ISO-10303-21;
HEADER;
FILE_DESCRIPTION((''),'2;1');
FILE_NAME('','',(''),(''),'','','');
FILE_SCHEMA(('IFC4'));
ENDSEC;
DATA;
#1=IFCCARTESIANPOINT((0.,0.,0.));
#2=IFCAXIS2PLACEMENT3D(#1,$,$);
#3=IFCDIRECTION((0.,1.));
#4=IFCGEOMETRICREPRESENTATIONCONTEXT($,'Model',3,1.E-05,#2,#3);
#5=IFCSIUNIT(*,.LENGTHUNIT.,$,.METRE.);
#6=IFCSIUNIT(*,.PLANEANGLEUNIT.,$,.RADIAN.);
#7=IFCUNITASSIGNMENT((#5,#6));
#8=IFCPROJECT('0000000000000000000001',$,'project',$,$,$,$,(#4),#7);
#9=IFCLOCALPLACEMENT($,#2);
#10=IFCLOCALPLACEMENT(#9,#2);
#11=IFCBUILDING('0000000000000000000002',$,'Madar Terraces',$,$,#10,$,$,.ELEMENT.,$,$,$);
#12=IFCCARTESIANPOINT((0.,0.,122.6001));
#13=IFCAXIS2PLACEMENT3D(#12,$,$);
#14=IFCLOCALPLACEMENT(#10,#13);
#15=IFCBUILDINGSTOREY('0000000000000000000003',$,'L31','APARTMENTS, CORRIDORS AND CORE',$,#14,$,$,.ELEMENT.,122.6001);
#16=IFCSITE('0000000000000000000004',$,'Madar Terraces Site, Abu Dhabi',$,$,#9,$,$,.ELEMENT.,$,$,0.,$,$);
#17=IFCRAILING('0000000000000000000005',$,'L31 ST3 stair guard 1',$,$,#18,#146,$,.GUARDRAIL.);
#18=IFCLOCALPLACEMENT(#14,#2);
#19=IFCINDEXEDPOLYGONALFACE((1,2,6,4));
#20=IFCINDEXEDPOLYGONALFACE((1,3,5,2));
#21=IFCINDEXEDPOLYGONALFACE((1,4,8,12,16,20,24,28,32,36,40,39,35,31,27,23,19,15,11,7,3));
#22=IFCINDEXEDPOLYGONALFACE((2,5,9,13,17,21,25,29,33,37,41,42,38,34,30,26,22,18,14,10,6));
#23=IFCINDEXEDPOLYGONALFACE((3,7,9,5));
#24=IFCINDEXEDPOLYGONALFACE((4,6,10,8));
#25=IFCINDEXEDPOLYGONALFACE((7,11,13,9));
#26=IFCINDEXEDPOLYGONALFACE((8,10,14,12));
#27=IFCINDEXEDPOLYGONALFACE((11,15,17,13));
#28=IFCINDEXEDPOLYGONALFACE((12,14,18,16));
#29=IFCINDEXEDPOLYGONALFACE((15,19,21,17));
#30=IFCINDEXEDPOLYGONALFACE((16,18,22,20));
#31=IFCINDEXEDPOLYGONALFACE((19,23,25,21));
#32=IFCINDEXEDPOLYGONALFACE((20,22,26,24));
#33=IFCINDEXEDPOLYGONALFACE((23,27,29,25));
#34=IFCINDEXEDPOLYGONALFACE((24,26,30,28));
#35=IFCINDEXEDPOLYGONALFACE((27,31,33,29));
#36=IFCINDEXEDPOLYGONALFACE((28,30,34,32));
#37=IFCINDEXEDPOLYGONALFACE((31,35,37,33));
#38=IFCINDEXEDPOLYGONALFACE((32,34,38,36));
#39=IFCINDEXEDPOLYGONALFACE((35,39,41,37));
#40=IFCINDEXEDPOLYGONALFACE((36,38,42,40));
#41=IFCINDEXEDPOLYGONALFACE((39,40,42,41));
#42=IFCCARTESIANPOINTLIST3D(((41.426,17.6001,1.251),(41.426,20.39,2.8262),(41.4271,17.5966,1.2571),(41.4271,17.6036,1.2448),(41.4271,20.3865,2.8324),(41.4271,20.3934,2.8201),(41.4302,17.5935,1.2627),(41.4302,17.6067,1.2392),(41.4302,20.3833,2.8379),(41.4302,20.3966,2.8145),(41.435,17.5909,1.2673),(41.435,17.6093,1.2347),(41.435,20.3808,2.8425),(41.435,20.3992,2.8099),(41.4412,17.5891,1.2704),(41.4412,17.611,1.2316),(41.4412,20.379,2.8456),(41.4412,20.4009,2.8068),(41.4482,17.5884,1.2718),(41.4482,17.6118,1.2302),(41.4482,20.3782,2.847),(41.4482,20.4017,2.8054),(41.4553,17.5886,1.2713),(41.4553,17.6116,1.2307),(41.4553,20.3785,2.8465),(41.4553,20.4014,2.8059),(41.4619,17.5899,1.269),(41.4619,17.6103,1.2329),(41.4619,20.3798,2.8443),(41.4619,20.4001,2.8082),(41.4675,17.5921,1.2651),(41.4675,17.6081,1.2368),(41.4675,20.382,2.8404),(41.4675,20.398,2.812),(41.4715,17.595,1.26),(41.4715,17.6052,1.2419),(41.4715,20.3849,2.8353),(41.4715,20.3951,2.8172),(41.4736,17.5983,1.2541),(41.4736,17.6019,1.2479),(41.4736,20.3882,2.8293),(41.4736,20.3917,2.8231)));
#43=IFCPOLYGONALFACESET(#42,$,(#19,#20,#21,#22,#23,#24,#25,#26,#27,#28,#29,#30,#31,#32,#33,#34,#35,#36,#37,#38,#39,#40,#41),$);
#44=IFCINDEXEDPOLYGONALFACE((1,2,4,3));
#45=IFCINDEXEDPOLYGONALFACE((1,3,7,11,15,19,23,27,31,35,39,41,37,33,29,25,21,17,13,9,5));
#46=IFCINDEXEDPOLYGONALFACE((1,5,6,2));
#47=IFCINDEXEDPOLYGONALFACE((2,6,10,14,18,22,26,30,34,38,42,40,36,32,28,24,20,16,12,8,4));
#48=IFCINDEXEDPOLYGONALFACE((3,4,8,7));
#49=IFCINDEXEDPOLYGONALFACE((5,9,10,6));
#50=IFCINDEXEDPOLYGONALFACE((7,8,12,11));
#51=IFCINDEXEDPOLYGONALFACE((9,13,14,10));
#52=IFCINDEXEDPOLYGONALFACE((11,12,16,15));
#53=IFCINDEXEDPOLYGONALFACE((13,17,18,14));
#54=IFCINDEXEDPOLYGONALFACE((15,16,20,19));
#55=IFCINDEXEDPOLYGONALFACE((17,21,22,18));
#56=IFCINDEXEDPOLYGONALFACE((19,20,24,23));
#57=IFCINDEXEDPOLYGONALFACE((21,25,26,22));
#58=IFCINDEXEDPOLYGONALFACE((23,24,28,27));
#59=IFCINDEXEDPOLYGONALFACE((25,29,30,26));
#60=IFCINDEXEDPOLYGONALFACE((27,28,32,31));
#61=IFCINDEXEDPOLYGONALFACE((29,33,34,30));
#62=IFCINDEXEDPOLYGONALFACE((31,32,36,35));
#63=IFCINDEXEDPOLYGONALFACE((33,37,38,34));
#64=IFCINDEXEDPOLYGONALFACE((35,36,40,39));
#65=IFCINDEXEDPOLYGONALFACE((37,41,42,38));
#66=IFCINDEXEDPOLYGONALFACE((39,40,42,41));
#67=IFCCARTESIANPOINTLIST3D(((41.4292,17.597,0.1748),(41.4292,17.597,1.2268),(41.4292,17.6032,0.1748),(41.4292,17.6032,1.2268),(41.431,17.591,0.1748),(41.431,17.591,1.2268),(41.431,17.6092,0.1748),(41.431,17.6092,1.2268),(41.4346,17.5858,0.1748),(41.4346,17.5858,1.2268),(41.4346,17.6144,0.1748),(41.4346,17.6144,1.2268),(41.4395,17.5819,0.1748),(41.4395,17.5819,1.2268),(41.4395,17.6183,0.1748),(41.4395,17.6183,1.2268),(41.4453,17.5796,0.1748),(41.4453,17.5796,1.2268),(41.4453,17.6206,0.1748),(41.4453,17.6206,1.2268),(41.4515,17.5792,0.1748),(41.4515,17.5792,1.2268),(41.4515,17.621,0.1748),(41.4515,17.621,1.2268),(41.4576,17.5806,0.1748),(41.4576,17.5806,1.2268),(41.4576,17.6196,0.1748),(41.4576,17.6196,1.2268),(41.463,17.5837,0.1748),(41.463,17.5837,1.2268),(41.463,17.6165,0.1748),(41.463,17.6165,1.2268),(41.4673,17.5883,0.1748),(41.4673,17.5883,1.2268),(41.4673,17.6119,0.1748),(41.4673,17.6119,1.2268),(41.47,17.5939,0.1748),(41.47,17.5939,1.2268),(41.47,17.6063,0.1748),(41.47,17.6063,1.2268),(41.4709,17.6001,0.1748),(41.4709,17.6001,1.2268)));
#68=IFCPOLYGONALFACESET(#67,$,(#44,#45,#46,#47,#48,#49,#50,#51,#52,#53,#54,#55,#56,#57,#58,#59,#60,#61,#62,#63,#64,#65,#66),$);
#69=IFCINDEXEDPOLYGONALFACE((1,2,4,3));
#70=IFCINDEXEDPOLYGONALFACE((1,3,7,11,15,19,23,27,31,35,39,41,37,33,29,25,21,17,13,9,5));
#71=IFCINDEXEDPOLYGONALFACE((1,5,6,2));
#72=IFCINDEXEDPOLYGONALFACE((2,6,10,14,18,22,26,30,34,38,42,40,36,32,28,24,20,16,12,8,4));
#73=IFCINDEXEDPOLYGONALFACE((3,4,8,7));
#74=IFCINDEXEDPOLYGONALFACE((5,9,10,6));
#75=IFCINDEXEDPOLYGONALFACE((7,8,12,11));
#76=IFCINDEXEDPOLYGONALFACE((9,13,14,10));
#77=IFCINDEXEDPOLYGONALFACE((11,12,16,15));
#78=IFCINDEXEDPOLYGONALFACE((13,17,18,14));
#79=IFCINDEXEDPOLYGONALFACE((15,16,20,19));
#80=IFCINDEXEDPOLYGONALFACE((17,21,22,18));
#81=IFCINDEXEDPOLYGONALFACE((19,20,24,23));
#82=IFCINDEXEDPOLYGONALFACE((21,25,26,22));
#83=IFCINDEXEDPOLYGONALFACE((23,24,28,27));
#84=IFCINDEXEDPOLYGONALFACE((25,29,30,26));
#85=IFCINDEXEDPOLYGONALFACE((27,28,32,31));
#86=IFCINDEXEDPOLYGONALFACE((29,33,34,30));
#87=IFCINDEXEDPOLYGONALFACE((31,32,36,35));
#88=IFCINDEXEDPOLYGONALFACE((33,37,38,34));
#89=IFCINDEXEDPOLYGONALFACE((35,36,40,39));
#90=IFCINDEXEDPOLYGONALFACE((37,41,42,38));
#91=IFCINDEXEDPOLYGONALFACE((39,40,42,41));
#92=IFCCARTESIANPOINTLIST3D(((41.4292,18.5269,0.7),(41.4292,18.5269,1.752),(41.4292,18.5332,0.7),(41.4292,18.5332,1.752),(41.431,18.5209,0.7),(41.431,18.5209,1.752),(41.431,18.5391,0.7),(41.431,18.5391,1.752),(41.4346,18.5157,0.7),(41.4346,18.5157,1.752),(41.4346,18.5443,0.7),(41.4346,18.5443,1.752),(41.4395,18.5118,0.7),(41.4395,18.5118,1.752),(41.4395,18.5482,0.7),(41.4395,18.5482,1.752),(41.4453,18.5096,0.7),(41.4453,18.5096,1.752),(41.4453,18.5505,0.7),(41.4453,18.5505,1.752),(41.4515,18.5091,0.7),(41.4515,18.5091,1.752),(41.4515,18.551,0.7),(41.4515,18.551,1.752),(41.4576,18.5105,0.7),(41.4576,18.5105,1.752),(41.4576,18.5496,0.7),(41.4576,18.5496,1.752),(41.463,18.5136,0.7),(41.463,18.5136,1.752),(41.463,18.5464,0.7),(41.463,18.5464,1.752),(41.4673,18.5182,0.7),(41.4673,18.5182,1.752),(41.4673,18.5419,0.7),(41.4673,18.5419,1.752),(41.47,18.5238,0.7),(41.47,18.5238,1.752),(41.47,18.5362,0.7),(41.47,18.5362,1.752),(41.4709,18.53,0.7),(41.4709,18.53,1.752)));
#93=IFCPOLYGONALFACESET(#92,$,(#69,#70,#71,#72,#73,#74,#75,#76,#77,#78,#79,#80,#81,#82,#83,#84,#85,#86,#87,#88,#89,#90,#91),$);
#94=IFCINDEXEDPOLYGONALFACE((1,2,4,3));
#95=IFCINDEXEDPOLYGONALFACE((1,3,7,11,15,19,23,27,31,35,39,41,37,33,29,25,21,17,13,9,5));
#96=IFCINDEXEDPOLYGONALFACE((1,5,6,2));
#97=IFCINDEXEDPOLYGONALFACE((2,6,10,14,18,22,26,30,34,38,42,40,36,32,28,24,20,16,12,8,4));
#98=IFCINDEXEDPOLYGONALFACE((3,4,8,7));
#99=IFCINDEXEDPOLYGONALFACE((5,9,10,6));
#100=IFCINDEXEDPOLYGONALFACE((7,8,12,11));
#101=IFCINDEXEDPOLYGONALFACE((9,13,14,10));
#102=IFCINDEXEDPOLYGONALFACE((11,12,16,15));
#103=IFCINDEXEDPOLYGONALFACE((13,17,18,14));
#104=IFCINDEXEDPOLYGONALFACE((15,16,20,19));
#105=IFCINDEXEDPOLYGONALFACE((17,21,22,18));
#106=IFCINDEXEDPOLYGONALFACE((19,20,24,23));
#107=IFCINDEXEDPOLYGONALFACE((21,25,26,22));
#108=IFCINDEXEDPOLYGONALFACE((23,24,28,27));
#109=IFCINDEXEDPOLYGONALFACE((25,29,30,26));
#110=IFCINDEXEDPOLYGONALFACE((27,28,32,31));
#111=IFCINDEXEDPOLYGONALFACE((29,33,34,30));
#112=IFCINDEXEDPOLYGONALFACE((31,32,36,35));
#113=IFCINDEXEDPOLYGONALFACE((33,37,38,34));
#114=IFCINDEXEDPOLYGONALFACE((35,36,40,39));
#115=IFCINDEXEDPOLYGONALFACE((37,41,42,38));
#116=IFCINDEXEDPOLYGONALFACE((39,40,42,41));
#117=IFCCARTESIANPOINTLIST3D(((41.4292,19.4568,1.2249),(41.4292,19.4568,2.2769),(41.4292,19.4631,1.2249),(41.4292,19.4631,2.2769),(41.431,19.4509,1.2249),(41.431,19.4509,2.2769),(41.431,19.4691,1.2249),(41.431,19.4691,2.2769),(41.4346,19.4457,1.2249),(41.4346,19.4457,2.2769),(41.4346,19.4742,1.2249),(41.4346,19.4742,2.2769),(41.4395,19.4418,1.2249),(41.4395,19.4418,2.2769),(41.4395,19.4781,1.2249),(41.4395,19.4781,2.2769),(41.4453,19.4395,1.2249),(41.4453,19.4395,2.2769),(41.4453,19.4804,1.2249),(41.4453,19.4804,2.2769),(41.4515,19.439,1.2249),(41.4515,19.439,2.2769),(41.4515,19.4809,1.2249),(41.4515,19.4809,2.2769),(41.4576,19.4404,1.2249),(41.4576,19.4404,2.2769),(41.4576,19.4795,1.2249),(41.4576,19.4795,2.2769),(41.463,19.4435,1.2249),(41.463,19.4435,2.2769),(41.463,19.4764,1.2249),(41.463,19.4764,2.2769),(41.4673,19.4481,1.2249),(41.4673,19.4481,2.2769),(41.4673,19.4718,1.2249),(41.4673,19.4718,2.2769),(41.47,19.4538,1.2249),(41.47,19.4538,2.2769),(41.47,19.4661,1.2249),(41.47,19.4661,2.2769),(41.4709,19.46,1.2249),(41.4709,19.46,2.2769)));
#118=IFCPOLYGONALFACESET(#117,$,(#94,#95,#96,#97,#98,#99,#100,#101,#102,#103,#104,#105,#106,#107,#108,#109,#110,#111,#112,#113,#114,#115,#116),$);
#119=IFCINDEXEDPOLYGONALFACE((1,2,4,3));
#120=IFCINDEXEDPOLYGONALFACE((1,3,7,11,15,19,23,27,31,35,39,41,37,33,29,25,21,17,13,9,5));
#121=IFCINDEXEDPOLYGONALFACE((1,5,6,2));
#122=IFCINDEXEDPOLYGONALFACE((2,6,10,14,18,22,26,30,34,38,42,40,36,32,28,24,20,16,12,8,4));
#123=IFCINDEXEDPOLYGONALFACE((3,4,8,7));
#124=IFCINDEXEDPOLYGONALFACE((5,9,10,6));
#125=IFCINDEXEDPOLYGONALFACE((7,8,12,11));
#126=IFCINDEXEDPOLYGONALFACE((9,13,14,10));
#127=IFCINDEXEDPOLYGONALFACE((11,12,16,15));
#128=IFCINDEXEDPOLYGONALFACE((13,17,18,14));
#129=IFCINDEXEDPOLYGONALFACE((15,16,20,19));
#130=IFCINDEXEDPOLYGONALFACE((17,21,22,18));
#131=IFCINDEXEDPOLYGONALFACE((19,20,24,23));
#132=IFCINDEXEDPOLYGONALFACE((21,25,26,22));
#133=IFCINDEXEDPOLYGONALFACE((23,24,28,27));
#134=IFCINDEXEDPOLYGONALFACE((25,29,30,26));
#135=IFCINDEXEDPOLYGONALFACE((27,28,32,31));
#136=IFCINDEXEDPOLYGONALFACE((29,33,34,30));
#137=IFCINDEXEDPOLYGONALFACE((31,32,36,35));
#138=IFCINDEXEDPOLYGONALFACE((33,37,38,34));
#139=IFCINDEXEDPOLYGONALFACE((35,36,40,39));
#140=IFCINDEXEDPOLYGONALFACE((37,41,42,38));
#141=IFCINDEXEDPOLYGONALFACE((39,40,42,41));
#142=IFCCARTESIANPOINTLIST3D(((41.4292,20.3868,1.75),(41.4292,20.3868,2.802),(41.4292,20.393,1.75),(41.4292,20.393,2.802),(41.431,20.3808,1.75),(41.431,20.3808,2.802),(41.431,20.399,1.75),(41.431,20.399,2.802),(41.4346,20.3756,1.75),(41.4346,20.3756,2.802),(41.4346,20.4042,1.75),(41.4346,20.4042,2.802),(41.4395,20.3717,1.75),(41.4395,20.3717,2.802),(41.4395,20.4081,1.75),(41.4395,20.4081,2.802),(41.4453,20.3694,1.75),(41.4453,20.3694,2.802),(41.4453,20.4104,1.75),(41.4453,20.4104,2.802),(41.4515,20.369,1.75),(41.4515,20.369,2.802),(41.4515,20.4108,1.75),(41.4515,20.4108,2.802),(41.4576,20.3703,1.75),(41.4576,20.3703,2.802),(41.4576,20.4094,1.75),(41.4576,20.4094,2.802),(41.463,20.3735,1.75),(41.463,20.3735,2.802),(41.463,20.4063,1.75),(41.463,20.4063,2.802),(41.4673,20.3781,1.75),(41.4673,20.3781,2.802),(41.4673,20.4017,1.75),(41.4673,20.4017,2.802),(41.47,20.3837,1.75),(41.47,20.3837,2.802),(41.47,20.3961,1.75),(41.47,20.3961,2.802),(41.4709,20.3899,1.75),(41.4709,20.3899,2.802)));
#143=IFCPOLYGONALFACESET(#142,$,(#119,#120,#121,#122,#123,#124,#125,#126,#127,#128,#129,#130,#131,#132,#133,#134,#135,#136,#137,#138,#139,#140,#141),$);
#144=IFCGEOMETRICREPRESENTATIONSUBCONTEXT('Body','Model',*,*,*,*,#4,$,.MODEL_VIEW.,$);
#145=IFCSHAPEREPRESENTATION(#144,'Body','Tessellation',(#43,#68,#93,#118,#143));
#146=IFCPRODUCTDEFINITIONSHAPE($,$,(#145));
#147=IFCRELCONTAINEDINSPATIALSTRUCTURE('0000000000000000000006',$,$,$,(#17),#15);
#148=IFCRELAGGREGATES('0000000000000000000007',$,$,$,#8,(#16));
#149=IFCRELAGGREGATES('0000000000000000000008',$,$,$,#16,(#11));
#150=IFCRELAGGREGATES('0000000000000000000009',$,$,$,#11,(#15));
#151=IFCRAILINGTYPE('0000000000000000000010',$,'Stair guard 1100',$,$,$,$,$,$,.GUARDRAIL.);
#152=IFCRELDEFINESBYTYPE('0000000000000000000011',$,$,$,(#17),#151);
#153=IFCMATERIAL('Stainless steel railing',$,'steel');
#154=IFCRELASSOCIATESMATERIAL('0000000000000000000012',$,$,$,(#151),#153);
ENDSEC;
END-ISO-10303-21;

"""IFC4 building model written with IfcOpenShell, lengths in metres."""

from ifc_helpers import new_model, si_unit, direction, frame, origin, origin_2d, place, context, subcontext, project, spatial, circle, extrude, material, type_object, element, save


model = new_model("IFC4")

# Units and contexts
model_context = context("Model", 3, precision=1e-05, world=origin(), true_north=direction((0.0, 1.0)))
body_context = subcontext(model_context, "Body", "Model", "MODEL_VIEW")
ifc_project = project(units=[si_unit("LENGTHUNIT", "METRE"), si_unit("PLANEANGLEUNIT", "RADIAN")], contexts=[model_context])

# Site, building, storey
site_placement = place(None, origin())
site = spatial("IfcSite", under=ifc_project, at=site_placement, Name="Madar Terraces Site, Abu Dhabi", CompositionType="ELEMENT", RefElevation=0.0)
building_placement = place(site_placement, origin())
building = spatial("IfcBuilding", under=site, at=building_placement, Name="Madar Terraces", CompositionType="ELEMENT")
storey_placement = place(building_placement, frame((0.0, 0.0, 122.6001)))
storey = spatial("IfcBuildingStorey", under=building, at=storey_placement, Name="L31", Description="APARTMENTS, CORRIDORS AND CORE", CompositionType="ELEMENT", Elevation=122.6001)

# Railing
ifc_material_1 = material(Name="Stainless steel railing", Category="steel")
railing_type_1 = type_object("IfcRailingType", Name="Stair guard 1100", PredefinedType="GUARDRAIL", material=ifc_material_1)
railing_1_placement = place(storey_placement, frame((41.45, 17.6001, 0.1748)))
element("IfcRailing", 1, at=railing_1_placement, inside=storey, type_object=railing_type_1, Name="L31 ST3 stair guard 1", PredefinedType="GUARDRAIL", context=body_context, shape_type="SweptSolid", body=[
    extrude(circle(Radius=0.0239, at=origin_2d()), frame((0.0, 0.0, 1.0762), z_axis=(0.0, 0.870783, 0.491668), x_axis=(-1.0, 0.0, 0.0)), (0.0, 0.0, 1.0), 3.2039),
    extrude(circle(Radius=0.021, at=origin_2d()), origin(), (0.0, 0.0, 1.0), 1.052),
    extrude(circle(Radius=0.021, at=origin_2d()), frame((0.0, 0.9299, 0.5251)), (0.0, 0.0, 1.0), 1.052),
    extrude(circle(Radius=0.021, at=origin_2d()), frame((0.0, 1.8599, 1.05)), (0.0, 0.0, 1.0), 1.052),
    extrude(circle(Radius=0.021, at=origin_2d()), frame((0.0, 2.7898, 1.5752)), (0.0, 0.0, 1.0), 1.052),
])

save(model, "model.ifc")
